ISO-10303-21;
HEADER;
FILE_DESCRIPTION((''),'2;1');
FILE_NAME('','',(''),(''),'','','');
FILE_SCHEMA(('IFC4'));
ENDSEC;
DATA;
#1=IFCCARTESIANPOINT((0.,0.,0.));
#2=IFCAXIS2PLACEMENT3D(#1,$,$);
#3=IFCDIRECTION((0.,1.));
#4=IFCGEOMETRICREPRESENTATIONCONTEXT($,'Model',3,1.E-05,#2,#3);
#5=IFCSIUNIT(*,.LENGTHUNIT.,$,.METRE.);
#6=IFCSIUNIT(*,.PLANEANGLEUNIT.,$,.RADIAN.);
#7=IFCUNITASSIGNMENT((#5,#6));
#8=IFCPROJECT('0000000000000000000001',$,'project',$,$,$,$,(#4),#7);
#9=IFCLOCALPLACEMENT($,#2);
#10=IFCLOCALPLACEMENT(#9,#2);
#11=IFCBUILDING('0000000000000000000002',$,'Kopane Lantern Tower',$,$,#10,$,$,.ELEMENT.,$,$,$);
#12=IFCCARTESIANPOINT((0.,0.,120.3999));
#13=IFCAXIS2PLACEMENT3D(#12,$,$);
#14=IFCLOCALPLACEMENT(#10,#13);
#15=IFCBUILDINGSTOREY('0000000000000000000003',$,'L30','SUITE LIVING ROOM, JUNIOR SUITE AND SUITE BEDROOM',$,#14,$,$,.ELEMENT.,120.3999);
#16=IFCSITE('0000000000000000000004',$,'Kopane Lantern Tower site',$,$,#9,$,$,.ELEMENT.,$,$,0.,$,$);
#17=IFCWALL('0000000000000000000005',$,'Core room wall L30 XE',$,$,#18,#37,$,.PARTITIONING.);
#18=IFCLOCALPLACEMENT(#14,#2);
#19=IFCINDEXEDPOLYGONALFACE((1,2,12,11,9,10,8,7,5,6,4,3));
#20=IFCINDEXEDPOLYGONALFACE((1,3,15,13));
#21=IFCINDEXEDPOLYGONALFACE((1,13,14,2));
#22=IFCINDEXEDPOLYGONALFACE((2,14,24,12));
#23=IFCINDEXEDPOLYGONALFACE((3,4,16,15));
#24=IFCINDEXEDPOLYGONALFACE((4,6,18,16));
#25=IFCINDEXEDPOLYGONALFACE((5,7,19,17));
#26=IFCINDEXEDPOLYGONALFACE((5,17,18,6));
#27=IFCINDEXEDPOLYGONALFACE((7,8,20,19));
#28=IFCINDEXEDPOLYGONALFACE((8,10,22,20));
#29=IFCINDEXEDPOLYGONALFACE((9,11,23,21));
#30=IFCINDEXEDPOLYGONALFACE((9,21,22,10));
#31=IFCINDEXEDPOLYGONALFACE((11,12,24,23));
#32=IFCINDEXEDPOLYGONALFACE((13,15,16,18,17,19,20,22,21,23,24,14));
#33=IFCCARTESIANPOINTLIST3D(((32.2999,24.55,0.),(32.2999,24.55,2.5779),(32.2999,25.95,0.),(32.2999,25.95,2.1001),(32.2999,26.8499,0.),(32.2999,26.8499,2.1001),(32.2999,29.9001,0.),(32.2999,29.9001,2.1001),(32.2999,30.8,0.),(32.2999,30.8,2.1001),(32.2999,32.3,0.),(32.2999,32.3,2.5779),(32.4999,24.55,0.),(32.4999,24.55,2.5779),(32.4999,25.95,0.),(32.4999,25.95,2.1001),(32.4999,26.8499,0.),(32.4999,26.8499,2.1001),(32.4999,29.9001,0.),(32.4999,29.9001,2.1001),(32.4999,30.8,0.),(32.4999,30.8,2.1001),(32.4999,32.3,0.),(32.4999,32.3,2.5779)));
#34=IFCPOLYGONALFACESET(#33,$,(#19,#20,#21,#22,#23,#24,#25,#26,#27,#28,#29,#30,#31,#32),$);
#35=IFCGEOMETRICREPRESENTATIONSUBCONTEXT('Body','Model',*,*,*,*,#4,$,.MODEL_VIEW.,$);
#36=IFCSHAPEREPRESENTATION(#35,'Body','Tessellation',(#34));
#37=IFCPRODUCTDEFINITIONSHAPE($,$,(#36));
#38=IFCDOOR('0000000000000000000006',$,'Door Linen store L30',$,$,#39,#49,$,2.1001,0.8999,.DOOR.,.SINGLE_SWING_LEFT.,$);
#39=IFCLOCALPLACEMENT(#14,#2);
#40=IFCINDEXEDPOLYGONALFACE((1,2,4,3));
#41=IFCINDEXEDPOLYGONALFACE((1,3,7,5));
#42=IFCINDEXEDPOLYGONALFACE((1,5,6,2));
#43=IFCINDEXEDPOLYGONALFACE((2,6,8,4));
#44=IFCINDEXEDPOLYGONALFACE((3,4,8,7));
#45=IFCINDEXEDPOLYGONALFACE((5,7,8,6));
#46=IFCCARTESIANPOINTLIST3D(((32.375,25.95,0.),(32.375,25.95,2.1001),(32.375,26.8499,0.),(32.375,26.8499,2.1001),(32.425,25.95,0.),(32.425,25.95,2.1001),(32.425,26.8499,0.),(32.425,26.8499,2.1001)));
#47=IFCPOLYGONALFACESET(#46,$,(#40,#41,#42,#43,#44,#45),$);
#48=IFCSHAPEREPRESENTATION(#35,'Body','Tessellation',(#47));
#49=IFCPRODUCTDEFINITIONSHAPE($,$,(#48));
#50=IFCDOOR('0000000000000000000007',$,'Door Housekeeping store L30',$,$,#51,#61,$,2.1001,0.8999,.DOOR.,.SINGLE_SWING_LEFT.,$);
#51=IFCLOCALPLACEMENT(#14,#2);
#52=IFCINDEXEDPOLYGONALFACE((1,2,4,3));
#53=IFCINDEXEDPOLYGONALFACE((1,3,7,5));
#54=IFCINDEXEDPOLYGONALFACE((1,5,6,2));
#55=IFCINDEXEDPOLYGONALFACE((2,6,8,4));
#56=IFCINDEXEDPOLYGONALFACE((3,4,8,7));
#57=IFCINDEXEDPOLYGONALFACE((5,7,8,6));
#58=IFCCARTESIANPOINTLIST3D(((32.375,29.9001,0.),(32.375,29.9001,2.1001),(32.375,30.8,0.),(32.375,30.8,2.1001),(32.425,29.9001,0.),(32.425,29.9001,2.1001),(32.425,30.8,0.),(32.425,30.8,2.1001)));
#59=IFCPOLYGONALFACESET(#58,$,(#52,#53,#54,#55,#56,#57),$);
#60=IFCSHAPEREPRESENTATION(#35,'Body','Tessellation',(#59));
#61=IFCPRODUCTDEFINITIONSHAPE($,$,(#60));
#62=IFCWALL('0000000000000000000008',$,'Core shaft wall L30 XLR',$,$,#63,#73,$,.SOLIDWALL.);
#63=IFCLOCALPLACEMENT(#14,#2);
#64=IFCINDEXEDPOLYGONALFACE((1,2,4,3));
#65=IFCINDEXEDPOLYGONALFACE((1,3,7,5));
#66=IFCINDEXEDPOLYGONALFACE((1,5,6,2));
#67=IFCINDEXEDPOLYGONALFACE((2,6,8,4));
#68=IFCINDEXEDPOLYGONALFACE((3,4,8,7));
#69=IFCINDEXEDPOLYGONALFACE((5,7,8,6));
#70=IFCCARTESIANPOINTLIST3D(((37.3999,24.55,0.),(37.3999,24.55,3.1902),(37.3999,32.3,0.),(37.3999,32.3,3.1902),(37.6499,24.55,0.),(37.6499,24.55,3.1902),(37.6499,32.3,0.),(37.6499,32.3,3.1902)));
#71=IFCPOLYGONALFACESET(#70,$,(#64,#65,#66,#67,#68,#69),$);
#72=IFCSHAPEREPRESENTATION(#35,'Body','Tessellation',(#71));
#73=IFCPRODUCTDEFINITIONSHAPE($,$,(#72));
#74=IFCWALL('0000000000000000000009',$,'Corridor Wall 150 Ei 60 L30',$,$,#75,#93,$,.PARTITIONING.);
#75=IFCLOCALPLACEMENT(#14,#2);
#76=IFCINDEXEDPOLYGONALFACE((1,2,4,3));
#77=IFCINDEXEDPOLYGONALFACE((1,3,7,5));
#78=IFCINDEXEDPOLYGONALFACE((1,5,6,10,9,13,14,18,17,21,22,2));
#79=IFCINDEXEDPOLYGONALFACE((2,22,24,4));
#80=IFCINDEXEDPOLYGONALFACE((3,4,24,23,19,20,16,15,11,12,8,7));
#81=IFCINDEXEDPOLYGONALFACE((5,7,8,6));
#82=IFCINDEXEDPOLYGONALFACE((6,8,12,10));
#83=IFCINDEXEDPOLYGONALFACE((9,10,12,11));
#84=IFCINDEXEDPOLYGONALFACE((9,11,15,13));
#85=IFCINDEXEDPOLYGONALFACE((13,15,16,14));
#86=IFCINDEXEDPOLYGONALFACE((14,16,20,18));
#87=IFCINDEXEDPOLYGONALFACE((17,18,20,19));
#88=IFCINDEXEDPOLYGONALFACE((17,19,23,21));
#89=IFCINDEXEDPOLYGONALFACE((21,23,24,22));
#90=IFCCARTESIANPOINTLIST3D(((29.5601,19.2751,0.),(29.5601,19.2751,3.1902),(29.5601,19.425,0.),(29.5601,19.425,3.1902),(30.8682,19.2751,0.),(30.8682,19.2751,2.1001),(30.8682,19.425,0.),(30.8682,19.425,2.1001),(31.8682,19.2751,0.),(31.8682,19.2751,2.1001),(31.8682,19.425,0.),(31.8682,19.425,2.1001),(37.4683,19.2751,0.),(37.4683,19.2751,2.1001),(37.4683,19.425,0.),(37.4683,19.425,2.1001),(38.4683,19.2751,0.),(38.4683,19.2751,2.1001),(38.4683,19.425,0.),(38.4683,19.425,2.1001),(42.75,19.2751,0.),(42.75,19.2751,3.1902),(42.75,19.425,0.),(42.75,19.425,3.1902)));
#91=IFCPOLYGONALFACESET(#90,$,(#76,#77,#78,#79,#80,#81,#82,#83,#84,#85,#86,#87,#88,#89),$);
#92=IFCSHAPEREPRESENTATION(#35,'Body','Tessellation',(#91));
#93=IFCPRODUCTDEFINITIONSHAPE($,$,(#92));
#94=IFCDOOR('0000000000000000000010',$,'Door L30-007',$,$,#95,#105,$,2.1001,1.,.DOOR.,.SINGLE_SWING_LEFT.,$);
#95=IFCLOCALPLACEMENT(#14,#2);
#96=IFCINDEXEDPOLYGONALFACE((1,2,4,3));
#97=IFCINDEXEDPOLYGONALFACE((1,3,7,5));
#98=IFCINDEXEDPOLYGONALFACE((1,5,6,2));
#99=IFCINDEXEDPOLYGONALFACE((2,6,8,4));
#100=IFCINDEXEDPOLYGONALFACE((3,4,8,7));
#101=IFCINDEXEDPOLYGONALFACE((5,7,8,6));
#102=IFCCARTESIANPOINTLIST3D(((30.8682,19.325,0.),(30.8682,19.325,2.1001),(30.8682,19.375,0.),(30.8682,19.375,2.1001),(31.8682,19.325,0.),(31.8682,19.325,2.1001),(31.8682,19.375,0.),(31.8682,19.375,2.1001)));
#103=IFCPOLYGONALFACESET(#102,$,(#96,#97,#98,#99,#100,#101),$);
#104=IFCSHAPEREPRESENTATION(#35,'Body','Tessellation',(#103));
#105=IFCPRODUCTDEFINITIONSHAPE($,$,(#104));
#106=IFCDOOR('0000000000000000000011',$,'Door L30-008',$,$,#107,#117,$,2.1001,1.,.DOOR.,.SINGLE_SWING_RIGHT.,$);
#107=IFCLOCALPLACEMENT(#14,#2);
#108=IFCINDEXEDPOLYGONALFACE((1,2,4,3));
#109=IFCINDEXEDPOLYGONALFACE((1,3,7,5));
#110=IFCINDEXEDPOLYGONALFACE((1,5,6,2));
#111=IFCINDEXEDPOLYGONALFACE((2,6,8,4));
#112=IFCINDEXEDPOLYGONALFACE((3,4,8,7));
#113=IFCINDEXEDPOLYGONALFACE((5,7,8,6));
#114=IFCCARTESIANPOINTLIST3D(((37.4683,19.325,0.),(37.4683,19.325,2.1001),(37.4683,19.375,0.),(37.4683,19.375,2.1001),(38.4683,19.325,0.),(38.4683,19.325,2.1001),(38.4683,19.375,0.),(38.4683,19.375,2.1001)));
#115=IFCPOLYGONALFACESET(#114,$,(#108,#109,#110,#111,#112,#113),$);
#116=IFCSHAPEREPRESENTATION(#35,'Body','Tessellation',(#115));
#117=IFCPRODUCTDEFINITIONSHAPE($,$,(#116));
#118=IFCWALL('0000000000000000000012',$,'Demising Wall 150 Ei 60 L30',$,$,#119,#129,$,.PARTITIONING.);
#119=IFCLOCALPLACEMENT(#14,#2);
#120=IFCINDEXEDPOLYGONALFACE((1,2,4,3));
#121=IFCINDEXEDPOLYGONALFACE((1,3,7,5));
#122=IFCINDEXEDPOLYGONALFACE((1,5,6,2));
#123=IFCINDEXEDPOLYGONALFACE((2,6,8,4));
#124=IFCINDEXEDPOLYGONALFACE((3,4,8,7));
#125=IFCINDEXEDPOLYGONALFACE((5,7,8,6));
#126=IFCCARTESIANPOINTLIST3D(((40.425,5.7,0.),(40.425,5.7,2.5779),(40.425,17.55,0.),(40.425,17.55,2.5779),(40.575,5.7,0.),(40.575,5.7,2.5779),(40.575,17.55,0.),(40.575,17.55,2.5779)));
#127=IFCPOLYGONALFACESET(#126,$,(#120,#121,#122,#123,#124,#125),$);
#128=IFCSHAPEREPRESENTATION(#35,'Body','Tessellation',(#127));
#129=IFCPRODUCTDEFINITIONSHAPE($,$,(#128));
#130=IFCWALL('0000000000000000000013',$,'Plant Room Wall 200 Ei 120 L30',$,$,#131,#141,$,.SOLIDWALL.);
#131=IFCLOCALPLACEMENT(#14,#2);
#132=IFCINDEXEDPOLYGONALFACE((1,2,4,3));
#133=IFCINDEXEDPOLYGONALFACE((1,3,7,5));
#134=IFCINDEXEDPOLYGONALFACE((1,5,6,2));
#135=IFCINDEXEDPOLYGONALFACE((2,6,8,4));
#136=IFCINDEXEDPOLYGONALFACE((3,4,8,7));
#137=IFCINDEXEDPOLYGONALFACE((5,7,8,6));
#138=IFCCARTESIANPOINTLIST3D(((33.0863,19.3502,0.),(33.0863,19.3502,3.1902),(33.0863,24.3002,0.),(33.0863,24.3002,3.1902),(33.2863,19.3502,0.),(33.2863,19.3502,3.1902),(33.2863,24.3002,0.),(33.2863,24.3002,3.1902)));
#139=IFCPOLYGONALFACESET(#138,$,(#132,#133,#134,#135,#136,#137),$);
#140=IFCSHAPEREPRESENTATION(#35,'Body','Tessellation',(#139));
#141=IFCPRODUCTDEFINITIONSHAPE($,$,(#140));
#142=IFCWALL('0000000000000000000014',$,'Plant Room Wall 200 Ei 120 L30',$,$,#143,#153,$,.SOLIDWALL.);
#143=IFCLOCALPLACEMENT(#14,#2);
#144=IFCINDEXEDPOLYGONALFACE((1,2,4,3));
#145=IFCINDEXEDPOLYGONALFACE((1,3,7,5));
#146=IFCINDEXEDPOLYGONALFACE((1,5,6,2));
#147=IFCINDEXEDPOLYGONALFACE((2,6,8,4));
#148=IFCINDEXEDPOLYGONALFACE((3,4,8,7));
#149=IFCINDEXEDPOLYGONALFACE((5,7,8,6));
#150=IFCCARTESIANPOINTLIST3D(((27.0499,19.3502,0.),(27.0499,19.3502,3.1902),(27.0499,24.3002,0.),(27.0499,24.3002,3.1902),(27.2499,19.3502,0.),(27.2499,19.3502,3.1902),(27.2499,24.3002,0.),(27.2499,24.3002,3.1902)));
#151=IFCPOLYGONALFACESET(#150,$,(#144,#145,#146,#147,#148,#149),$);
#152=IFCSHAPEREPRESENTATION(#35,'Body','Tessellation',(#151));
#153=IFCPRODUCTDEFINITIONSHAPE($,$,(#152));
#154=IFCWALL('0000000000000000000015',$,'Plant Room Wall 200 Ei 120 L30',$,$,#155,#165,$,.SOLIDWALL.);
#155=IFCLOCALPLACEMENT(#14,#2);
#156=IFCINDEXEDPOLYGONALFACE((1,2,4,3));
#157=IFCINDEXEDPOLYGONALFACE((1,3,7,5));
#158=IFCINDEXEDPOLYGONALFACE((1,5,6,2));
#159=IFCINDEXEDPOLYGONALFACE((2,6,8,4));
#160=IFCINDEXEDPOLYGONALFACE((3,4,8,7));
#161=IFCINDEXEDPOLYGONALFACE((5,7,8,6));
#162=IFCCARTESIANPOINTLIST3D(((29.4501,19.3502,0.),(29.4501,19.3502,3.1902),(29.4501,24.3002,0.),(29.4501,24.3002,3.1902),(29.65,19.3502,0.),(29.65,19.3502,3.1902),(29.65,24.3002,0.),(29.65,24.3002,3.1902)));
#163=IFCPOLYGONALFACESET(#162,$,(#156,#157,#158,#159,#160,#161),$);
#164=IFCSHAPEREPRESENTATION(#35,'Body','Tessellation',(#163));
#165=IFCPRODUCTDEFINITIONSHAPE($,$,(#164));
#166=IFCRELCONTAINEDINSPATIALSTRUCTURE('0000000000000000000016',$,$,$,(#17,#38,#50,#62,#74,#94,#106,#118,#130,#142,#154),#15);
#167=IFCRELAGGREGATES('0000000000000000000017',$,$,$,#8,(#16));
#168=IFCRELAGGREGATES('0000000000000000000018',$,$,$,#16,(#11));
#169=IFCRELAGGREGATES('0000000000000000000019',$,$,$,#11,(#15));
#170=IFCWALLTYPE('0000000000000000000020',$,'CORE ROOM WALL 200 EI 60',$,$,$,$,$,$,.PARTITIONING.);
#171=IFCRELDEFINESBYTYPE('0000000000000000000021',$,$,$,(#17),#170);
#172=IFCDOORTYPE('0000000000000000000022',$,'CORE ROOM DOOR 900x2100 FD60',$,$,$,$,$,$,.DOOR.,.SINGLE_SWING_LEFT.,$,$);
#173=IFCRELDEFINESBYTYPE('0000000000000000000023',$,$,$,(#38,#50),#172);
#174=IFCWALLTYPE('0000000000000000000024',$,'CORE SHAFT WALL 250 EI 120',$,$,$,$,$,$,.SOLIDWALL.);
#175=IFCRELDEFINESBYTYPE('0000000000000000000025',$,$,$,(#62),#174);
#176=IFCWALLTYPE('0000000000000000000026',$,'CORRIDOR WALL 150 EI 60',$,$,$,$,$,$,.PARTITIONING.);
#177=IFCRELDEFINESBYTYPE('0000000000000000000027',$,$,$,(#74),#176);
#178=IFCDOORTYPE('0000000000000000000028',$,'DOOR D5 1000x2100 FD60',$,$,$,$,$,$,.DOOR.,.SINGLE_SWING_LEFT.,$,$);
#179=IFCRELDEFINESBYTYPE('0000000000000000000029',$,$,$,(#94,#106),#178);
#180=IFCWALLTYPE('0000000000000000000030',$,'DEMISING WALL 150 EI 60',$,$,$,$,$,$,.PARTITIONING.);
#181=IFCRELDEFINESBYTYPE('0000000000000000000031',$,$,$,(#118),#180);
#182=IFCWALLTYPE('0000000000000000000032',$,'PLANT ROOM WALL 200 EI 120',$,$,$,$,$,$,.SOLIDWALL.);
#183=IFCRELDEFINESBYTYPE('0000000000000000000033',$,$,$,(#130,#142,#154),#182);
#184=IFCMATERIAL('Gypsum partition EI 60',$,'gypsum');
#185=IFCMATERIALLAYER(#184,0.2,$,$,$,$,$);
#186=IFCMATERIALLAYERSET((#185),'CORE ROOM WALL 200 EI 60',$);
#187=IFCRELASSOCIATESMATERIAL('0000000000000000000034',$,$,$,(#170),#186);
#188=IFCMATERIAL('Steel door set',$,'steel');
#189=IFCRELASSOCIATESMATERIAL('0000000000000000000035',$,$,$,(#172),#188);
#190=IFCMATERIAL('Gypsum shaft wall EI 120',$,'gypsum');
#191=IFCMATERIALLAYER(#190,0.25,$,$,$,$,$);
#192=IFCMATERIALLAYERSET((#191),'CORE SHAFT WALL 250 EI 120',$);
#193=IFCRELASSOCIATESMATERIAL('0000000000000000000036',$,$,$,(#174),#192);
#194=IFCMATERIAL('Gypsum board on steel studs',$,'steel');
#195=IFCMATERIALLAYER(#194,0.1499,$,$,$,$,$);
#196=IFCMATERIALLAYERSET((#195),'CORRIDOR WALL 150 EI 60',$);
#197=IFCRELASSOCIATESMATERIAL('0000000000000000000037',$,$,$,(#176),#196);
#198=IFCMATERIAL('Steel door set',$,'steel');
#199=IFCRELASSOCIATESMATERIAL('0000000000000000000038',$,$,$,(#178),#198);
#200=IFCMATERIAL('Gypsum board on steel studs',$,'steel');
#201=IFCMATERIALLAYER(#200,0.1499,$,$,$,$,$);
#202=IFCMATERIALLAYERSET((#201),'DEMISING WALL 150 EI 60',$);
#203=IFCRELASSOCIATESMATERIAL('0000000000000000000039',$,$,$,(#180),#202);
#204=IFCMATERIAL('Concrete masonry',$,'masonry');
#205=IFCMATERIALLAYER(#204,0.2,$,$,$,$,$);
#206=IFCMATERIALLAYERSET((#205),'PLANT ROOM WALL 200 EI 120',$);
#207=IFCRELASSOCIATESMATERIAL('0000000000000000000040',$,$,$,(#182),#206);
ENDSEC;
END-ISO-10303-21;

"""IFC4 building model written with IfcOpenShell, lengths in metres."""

from ifc_helpers import new_model, si_unit, direction, frame, frame_2d, origin, place, context, subcontext, project, spatial, rectangle, extrude, material, layer, layer_set, type_object, element, fill, save


model = new_model("IFC4")

# Units and contexts
model_context = context("Model", 3, precision=1e-05, world=origin(), true_north=direction((0.0, 1.0)))
body_context = subcontext(model_context, "Body", "Model", "MODEL_VIEW")
ifc_project = project(units=[si_unit("LENGTHUNIT", "METRE"), si_unit("PLANEANGLEUNIT", "RADIAN")], contexts=[model_context])

# Site, building, storey
site_placement = place(None, origin())
site = spatial("IfcSite", under=ifc_project, at=site_placement, Name="Kopane Lantern Tower site", CompositionType="ELEMENT", RefElevation=0.0)
building_placement = place(site_placement, origin())
building = spatial("IfcBuilding", under=site, at=building_placement, Name="Kopane Lantern Tower", CompositionType="ELEMENT")
storey_placement = place(building_placement, frame((0.0, 0.0, 120.3999)))
storey = spatial("IfcBuildingStorey", under=building, at=storey_placement, Name="L30", Description="SUITE LIVING ROOM, JUNIOR SUITE AND SUITE BEDROOM", CompositionType="ELEMENT", Elevation=120.3999)

# Wall, openings, doors
ifc_material_1 = material(Name="Gypsum partition EI 60", Category="gypsum")
ifc_layer_1 = layer(ifc_material_1, 0.2)
ifc_layer_set_1 = layer_set([ifc_layer_1], Name="CORE ROOM WALL 200 EI 60")
wall_type_1 = type_object("IfcWallType", Name="CORE ROOM WALL 200 EI 60", PredefinedType="PARTITIONING", material=ifc_layer_set_1)
wall_1_placement = place(storey_placement, frame((32.3999, 24.55, 0.0), z_axis=(0.0, 0.0, 1.0), x_axis=(0.0, 1.0, 0.0)))
wall_1 = element("IfcWall", 1, at=wall_1_placement, inside=storey, type_object=wall_type_1, Name="Core room wall L30 XE", PredefinedType="PARTITIONING", context=body_context, shape_type="SweptSolid", body=[
    extrude(rectangle(XDim=7.75, YDim=0.2, at=frame_2d((3.875, 0.0))), origin(), (0.0, 0.0, 1.0), 2.5779),
])
opening_1_placement = place(wall_1_placement, frame((1.3999, 0.0, 0.0)))
opening_1 = element("IfcOpeningElement", 2, at=opening_1_placement, cuts=wall_1, PredefinedType="OPENING", context=body_context, shape_type="SweptSolid", body=[
    extrude(rectangle(XDim=0.8999, YDim=2.1001, at=frame_2d((0.45, 1.05))), frame((0.0, 0.1099, 0.0), z_axis=(0.0, -1.0, 0.0), x_axis=(1.0, 0.0, 0.0)), (0.0, 0.0, 1.0), 0.22),
])
opening_2_placement = place(wall_1_placement, frame((5.3501, 0.0, 0.0)))
opening_2 = element("IfcOpeningElement", 3, at=opening_2_placement, cuts=wall_1, PredefinedType="OPENING", context=body_context, shape_type="SweptSolid", body=[
    extrude(rectangle(XDim=0.8999, YDim=2.1001, at=frame_2d((0.45, 1.05))), frame((0.0, 0.1099, 0.0), z_axis=(0.0, -1.0, 0.0), x_axis=(1.0, 0.0, 0.0)), (0.0, 0.0, 1.0), 0.22),
])
ifc_material_2 = material(Name="Steel door set", Category="steel")
door_type_1 = type_object("IfcDoorType", Name="CORE ROOM DOOR 900x2100 FD60", OperationType="SINGLE_SWING_LEFT", PredefinedType="DOOR", material=ifc_material_2)
door_1_placement = place(opening_1_placement, origin())
door_1 = element("IfcDoor", 4, at=door_1_placement, inside=storey, type_object=door_type_1, Name="Door Linen store L30", OperationType="SINGLE_SWING_LEFT", OverallHeight=2.1001, OverallWidth=0.8999, PredefinedType="DOOR", context=body_context, shape_type="SweptSolid", body=[
    extrude(rectangle(XDim=0.8999, YDim=2.1001, at=frame_2d((0.45, 1.05))), frame((0.0, 0.0249, 0.0), z_axis=(0.0, -1.0, 0.0), x_axis=(1.0, 0.0, 0.0)), (0.0, 0.0, 1.0), 0.05),
])
fill(opening_1, door_1)
door_2_placement = place(opening_2_placement, origin())
door_2 = element("IfcDoor", 5, at=door_2_placement, inside=storey, type_object=door_type_1, Name="Door Housekeeping store L30", OperationType="SINGLE_SWING_LEFT", OverallHeight=2.1001, OverallWidth=0.8999, PredefinedType="DOOR", context=body_context, shape_type="SweptSolid", body=[
    extrude(rectangle(XDim=0.8999, YDim=2.1001, at=frame_2d((0.45, 1.05))), frame((0.0, 0.0249, 0.0), z_axis=(0.0, -1.0, 0.0), x_axis=(1.0, 0.0, 0.0)), (0.0, 0.0, 1.0), 0.05),
])
fill(opening_2, door_2)

# Wall
ifc_material_3 = material(Name="Gypsum shaft wall EI 120", Category="gypsum")
ifc_layer_2 = layer(ifc_material_3, 0.25)
ifc_layer_set_2 = layer_set([ifc_layer_2], Name="CORE SHAFT WALL 250 EI 120")
wall_type_2 = type_object("IfcWallType", Name="CORE SHAFT WALL 250 EI 120", PredefinedType="SOLIDWALL", material=ifc_layer_set_2)
wall_2_placement = place(storey_placement, frame((37.5249, 24.55, 0.0), z_axis=(0.0, 0.0, 1.0), x_axis=(0.0, 1.0, 0.0)))
element("IfcWall", 6, at=wall_2_placement, inside=storey, type_object=wall_type_2, Name="Core shaft wall L30 XLR", PredefinedType="SOLIDWALL", context=body_context, shape_type="SweptSolid", body=[
    extrude(rectangle(XDim=7.75, YDim=0.25, at=frame_2d((3.875, 0.0))), origin(), (0.0, 0.0, 1.0), 3.1902),
])

# Wall, openings, doors
ifc_material_4 = material(Name="Gypsum board on steel studs", Category="steel")
ifc_layer_3 = layer(ifc_material_4, 0.1499)
ifc_layer_set_3 = layer_set([ifc_layer_3], Name="CORRIDOR WALL 150 EI 60")
wall_type_3 = type_object("IfcWallType", Name="CORRIDOR WALL 150 EI 60", PredefinedType="PARTITIONING", material=ifc_layer_set_3)
wall_3_placement = place(storey_placement, frame((29.5601, 19.3501, 0.0), z_axis=(0.0, 0.0, 1.0), x_axis=(1.0, 0.0, 0.0)))
wall_3 = element("IfcWall", 7, at=wall_3_placement, inside=storey, type_object=wall_type_3, Name="Corridor Wall 150 Ei 60 L30", PredefinedType="PARTITIONING", context=body_context, shape_type="SweptSolid", body=[
    extrude(rectangle(XDim=13.1899, YDim=0.1499, at=frame_2d((6.595, 0.0))), origin(), (0.0, 0.0, 1.0), 3.1902),
])
opening_3_placement = place(wall_3_placement, frame((1.3081, 0.0, 0.0)))
opening_3 = element("IfcOpeningElement", 8, at=opening_3_placement, cuts=wall_3, PredefinedType="OPENING", context=body_context, shape_type="SweptSolid", body=[
    extrude(rectangle(XDim=1.0, YDim=2.1001, at=frame_2d((0.5, 1.05))), frame((0.0, 0.085, 0.0), z_axis=(0.0, -1.0, 0.0), x_axis=(1.0, 0.0, 0.0)), (0.0, 0.0, 1.0), 0.1699),
])
opening_4_placement = place(wall_3_placement, frame((7.9082, 0.0, 0.0)))
opening_4 = element("IfcOpeningElement", 9, at=opening_4_placement, cuts=wall_3, PredefinedType="OPENING", context=body_context, shape_type="SweptSolid", body=[
    extrude(rectangle(XDim=1.0, YDim=2.1001, at=frame_2d((0.5, 1.05))), frame((0.0, 0.085, 0.0), z_axis=(0.0, -1.0, 0.0), x_axis=(1.0, 0.0, 0.0)), (0.0, 0.0, 1.0), 0.1699),
])
ifc_material_5 = material(Name="Steel door set", Category="steel")
door_type_2 = type_object("IfcDoorType", Name="DOOR D5 1000x2100 FD60", OperationType="SINGLE_SWING_LEFT", PredefinedType="DOOR", material=ifc_material_5)
door_3_placement = place(opening_3_placement, origin())
door_3 = element("IfcDoor", 10, at=door_3_placement, inside=storey, type_object=door_type_2, Name="Door L30-007", OperationType="SINGLE_SWING_LEFT", OverallHeight=2.1001, OverallWidth=1.0, PredefinedType="DOOR", context=body_context, shape_type="SweptSolid", body=[
    extrude(rectangle(XDim=1.0, YDim=2.1001, at=frame_2d((0.5, 1.05))), frame((0.0, 0.0249, 0.0), z_axis=(0.0, -1.0, 0.0), x_axis=(1.0, 0.0, 0.0)), (0.0, 0.0, 1.0), 0.05),
])
fill(opening_3, door_3)
door_4_placement = place(opening_4_placement, origin())
door_4 = element("IfcDoor", 11, at=door_4_placement, inside=storey, type_object=door_type_2, Name="Door L30-008", OperationType="SINGLE_SWING_RIGHT", OverallHeight=2.1001, OverallWidth=1.0, PredefinedType="DOOR", context=body_context, shape_type="SweptSolid", body=[
    extrude(rectangle(XDim=1.0, YDim=2.1001, at=frame_2d((0.5, 1.05))), frame((0.0, 0.0249, 0.0), z_axis=(0.0, -1.0, 0.0), x_axis=(1.0, 0.0, 0.0)), (0.0, 0.0, 1.0), 0.05),
])
fill(opening_4, door_4)

# Walls
ifc_material_6 = material(Name="Gypsum board on steel studs", Category="steel")
ifc_layer_4 = layer(ifc_material_6, 0.1499)
ifc_layer_set_4 = layer_set([ifc_layer_4], Name="DEMISING WALL 150 EI 60")
wall_type_4 = type_object("IfcWallType", Name="DEMISING WALL 150 EI 60", PredefinedType="PARTITIONING", material=ifc_layer_set_4)
wall_4_placement = place(storey_placement, frame((40.5, 17.55, 0.0), z_axis=(0.0, 0.0, 1.0), x_axis=(0.0, -1.0, 0.0)))
element("IfcWall", 12, at=wall_4_placement, inside=storey, type_object=wall_type_4, Name="Demising Wall 150 Ei 60 L30", PredefinedType="PARTITIONING", context=body_context, shape_type="SweptSolid", body=[
    extrude(rectangle(XDim=11.8501, YDim=0.1499, at=frame_2d((5.925, 0.0))), origin(), (0.0, 0.0, 1.0), 2.5779),
])
ifc_material_7 = material(Name="Concrete masonry", Category="masonry")
ifc_layer_5 = layer(ifc_material_7, 0.2)
ifc_layer_set_5 = layer_set([ifc_layer_5], Name="PLANT ROOM WALL 200 EI 120")
wall_type_5 = type_object("IfcWallType", Name="PLANT ROOM WALL 200 EI 120", PredefinedType="SOLIDWALL", material=ifc_layer_set_5)
for number, where, z_axis, x_axis, name in (
    (13, (33.1863, 19.3501, 0.0), (0.0, 0.0, 1.0), (0.0, 1.0, 0.0), "Plant Room Wall 200 Ei 120 L30"),
    (14, (27.1499, 19.3501, 0.0), (0.0, 0.0, 1.0), (0.0, 1.0, 0.0), "Plant Room Wall 200 Ei 120 L30"),
    (15, (29.55, 19.3501, 0.0), (0.0, 0.0, 1.0), (0.0, 1.0, 0.0), "Plant Room Wall 200 Ei 120 L30"),
):
    element("IfcWall", number, at=place(storey_placement, frame(where, z_axis=z_axis, x_axis=x_axis)), inside=storey, type_object=wall_type_5, Name=name, PredefinedType="SOLIDWALL", context=body_context, shape_type="SweptSolid", body=[
        extrude(rectangle(XDim=4.95, YDim=0.2, at=frame_2d((2.4751, 0.0))), origin(), (0.0, 0.0, 1.0), 3.1902),
    ])

save(model, "model.ifc")
